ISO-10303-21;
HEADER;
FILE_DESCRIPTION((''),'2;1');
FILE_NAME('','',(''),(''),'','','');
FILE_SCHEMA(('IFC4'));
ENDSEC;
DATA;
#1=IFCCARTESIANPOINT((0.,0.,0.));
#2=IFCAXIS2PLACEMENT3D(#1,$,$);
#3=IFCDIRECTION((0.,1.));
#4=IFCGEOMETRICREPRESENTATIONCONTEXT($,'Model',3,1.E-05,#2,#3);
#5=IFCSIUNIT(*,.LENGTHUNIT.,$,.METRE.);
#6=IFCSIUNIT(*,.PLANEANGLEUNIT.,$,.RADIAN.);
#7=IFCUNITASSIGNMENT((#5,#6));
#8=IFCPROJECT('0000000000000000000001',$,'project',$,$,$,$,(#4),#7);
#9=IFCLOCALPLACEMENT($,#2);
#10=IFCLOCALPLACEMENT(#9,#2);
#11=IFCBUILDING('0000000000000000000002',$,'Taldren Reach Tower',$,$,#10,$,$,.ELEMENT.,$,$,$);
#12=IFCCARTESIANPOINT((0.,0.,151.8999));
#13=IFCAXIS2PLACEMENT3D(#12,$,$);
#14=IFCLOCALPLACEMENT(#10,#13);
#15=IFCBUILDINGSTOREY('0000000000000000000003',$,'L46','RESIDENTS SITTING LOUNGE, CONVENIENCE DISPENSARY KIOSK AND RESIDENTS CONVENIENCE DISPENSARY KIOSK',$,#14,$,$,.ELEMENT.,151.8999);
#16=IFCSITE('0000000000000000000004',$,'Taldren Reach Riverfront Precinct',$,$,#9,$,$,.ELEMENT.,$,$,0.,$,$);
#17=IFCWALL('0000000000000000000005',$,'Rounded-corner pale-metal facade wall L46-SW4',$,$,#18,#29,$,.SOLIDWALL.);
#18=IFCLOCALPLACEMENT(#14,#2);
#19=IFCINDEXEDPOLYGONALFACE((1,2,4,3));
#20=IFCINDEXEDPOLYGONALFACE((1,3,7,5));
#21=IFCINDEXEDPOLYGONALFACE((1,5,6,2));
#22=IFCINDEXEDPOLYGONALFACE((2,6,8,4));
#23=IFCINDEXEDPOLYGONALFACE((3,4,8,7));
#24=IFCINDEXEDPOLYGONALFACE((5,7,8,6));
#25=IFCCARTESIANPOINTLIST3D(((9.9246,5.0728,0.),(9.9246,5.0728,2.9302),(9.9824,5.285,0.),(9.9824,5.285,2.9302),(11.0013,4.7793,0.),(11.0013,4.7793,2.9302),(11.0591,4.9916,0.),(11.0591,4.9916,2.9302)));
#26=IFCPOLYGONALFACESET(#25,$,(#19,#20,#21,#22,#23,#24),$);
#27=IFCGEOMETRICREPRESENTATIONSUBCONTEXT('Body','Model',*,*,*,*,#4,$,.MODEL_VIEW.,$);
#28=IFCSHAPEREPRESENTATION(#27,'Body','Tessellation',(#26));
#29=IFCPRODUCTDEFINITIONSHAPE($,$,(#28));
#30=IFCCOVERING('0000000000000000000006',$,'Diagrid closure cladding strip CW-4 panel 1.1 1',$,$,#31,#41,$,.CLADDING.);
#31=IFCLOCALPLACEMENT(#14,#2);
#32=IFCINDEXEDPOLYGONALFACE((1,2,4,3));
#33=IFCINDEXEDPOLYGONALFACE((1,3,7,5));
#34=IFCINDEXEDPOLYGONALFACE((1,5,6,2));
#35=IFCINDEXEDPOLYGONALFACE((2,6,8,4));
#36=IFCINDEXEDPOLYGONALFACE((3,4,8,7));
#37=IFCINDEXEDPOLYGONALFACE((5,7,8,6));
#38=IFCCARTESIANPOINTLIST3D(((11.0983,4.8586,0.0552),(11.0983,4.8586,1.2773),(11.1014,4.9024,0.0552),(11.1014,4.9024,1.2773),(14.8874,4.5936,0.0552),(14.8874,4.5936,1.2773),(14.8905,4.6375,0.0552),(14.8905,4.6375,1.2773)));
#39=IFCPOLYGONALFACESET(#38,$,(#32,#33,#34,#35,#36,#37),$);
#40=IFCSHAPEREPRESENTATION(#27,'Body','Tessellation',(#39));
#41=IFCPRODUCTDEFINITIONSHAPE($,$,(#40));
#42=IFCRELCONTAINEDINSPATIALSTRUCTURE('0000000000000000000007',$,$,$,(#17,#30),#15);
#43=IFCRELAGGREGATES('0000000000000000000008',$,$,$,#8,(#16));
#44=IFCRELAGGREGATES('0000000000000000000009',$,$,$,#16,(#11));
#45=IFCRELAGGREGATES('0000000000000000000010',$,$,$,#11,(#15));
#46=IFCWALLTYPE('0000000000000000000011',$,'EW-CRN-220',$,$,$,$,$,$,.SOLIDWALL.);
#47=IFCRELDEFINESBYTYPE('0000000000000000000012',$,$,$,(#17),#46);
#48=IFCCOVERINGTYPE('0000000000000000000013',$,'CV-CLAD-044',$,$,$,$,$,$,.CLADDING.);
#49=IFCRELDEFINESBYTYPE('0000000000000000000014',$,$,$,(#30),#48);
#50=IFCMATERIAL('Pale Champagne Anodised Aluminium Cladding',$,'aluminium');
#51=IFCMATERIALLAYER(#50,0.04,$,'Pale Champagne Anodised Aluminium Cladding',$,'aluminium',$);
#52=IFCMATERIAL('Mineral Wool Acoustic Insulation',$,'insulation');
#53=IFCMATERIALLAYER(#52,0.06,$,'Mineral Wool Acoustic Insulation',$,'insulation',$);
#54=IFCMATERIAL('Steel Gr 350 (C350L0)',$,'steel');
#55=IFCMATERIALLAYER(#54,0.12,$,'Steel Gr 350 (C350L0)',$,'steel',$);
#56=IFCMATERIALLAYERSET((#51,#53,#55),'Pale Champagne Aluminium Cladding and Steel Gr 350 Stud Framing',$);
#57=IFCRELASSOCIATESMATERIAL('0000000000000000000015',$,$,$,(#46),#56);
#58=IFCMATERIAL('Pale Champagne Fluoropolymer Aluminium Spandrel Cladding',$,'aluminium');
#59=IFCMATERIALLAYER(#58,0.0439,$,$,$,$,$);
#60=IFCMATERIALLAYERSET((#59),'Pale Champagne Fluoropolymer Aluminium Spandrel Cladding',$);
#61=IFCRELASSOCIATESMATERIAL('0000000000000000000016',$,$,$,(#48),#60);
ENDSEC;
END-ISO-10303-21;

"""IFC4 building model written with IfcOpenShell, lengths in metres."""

from ifc_helpers import new_model, si_unit, direction, frame, frame_2d, origin, origin_2d, place, context, subcontext, project, spatial, rectangle, extrude, source, transform, mapped, material, layer, layer_set, type_object, element, save


model = new_model("IFC4")

# Units and contexts
model_context = context("Model", 3, precision=1e-05, world=origin(), true_north=direction((0.0, 1.0)))
body_context = subcontext(model_context, "Body", "Model", "MODEL_VIEW")
ifc_project = project(units=[si_unit("LENGTHUNIT", "METRE"), si_unit("PLANEANGLEUNIT", "RADIAN")], contexts=[model_context])

# Site, building, storey
site_placement = place(None, origin())
site = spatial("IfcSite", under=ifc_project, at=site_placement, Name="Taldren Reach Riverfront Precinct", CompositionType="ELEMENT", RefElevation=0.0)
building_placement = place(site_placement, origin())
building = spatial("IfcBuilding", under=site, at=building_placement, Name="Taldren Reach Tower", CompositionType="ELEMENT")
storey_placement = place(building_placement, frame((0.0, 0.0, 151.8999)))
storey = spatial("IfcBuildingStorey", under=building, at=storey_placement, Name="L46", Description="RESIDENTS SITTING LOUNGE, CONVENIENCE DISPENSARY KIOSK AND RESIDENTS CONVENIENCE DISPENSARY KIOSK", CompositionType="ELEMENT", Elevation=151.8999)

# Shared definitions
ifc_material_1 = material(Name="Steel Gr 350 (C350L0)", Category="steel")

# Wall
ifc_material_2 = material(Name="Pale Champagne Anodised Aluminium Cladding", Category="aluminium")
ifc_layer_1 = layer(ifc_material_2, 0.04, Name="Pale Champagne Anodised Aluminium Cladding", Category="aluminium")
ifc_material_3 = material(Name="Mineral Wool Acoustic Insulation", Category="insulation")
ifc_layer_2 = layer(ifc_material_3, 0.06, Name="Mineral Wool Acoustic Insulation", Category="insulation")
ifc_layer_3 = layer(ifc_material_1, 0.12, Name="Steel Gr 350 (C350L0)", Category="steel")
ifc_layer_set_1 = layer_set([ifc_layer_1, ifc_layer_2, ifc_layer_3], Name="Pale Champagne Aluminium Cladding and Steel Gr 350 Stud Framing")
wall_type = type_object("IfcWallType", Name="EW-CRN-220", PredefinedType="SOLIDWALL", material=ifc_layer_set_1)
shared_shape_1 = source(origin(), body_context, "Body", "SweptSolid", [
    extrude(rectangle(XDim=1.116, YDim=0.22, at=frame_2d((0.5581, 0.0))), origin(), (0.0, 0.0, 1.0), 2.9302),
])
for number, where, z_axis, x_axis, name in (
    (1, (9.9534, 5.179, 0.0), (0.0, 0.0, 1.0), (0.964804, -0.262969, 0.0), "Rounded-corner pale-metal facade wall L46-SW4"),
):
    element("IfcWall", number, at=place(storey_placement, frame(where, z_axis=z_axis, x_axis=x_axis)), inside=storey, type_object=wall_type, Name=name, PredefinedType="SOLIDWALL", context=body_context, shape_type="MappedRepresentation", body=[
        mapped(shared_shape_1, transform((0.0, 0.0, 0.0), scale=1.0)),
    ])

# Covering
ifc_material_4 = material(Name="Pale Champagne Fluoropolymer Aluminium Spandrel Cladding", Category="aluminium")
ifc_layer_4 = layer(ifc_material_4, 0.0439)
ifc_layer_set_2 = layer_set([ifc_layer_4], Name="Pale Champagne Fluoropolymer Aluminium Spandrel Cladding")
covering_type = type_object("IfcCoveringType", Name="CV-CLAD-044", PredefinedType="CLADDING", material=ifc_layer_set_2)
shared_shape_2 = source(origin(), body_context, "Body", "SweptSolid", [
    extrude(rectangle(XDim=3.7983, YDim=0.0439, at=origin_2d()), origin(), (0.0, 0.0, 1.0), 1.2222),
])
covering_placement = place(storey_placement, frame((12.9944, 4.748, 0.0552), z_axis=(0.0, 0.0, 1.0), x_axis=(0.997564, -0.069757, 0.0)))
element("IfcCovering", 2, at=covering_placement, inside=storey, type_object=covering_type, Name="Diagrid closure cladding strip CW-4 panel 1.1 1", PredefinedType="CLADDING", context=body_context, shape_type="MappedRepresentation", body=[
    mapped(shared_shape_2, transform((0.0, 0.0, 0.0), scale=1.0)),
])

save(model, "model.ifc")
